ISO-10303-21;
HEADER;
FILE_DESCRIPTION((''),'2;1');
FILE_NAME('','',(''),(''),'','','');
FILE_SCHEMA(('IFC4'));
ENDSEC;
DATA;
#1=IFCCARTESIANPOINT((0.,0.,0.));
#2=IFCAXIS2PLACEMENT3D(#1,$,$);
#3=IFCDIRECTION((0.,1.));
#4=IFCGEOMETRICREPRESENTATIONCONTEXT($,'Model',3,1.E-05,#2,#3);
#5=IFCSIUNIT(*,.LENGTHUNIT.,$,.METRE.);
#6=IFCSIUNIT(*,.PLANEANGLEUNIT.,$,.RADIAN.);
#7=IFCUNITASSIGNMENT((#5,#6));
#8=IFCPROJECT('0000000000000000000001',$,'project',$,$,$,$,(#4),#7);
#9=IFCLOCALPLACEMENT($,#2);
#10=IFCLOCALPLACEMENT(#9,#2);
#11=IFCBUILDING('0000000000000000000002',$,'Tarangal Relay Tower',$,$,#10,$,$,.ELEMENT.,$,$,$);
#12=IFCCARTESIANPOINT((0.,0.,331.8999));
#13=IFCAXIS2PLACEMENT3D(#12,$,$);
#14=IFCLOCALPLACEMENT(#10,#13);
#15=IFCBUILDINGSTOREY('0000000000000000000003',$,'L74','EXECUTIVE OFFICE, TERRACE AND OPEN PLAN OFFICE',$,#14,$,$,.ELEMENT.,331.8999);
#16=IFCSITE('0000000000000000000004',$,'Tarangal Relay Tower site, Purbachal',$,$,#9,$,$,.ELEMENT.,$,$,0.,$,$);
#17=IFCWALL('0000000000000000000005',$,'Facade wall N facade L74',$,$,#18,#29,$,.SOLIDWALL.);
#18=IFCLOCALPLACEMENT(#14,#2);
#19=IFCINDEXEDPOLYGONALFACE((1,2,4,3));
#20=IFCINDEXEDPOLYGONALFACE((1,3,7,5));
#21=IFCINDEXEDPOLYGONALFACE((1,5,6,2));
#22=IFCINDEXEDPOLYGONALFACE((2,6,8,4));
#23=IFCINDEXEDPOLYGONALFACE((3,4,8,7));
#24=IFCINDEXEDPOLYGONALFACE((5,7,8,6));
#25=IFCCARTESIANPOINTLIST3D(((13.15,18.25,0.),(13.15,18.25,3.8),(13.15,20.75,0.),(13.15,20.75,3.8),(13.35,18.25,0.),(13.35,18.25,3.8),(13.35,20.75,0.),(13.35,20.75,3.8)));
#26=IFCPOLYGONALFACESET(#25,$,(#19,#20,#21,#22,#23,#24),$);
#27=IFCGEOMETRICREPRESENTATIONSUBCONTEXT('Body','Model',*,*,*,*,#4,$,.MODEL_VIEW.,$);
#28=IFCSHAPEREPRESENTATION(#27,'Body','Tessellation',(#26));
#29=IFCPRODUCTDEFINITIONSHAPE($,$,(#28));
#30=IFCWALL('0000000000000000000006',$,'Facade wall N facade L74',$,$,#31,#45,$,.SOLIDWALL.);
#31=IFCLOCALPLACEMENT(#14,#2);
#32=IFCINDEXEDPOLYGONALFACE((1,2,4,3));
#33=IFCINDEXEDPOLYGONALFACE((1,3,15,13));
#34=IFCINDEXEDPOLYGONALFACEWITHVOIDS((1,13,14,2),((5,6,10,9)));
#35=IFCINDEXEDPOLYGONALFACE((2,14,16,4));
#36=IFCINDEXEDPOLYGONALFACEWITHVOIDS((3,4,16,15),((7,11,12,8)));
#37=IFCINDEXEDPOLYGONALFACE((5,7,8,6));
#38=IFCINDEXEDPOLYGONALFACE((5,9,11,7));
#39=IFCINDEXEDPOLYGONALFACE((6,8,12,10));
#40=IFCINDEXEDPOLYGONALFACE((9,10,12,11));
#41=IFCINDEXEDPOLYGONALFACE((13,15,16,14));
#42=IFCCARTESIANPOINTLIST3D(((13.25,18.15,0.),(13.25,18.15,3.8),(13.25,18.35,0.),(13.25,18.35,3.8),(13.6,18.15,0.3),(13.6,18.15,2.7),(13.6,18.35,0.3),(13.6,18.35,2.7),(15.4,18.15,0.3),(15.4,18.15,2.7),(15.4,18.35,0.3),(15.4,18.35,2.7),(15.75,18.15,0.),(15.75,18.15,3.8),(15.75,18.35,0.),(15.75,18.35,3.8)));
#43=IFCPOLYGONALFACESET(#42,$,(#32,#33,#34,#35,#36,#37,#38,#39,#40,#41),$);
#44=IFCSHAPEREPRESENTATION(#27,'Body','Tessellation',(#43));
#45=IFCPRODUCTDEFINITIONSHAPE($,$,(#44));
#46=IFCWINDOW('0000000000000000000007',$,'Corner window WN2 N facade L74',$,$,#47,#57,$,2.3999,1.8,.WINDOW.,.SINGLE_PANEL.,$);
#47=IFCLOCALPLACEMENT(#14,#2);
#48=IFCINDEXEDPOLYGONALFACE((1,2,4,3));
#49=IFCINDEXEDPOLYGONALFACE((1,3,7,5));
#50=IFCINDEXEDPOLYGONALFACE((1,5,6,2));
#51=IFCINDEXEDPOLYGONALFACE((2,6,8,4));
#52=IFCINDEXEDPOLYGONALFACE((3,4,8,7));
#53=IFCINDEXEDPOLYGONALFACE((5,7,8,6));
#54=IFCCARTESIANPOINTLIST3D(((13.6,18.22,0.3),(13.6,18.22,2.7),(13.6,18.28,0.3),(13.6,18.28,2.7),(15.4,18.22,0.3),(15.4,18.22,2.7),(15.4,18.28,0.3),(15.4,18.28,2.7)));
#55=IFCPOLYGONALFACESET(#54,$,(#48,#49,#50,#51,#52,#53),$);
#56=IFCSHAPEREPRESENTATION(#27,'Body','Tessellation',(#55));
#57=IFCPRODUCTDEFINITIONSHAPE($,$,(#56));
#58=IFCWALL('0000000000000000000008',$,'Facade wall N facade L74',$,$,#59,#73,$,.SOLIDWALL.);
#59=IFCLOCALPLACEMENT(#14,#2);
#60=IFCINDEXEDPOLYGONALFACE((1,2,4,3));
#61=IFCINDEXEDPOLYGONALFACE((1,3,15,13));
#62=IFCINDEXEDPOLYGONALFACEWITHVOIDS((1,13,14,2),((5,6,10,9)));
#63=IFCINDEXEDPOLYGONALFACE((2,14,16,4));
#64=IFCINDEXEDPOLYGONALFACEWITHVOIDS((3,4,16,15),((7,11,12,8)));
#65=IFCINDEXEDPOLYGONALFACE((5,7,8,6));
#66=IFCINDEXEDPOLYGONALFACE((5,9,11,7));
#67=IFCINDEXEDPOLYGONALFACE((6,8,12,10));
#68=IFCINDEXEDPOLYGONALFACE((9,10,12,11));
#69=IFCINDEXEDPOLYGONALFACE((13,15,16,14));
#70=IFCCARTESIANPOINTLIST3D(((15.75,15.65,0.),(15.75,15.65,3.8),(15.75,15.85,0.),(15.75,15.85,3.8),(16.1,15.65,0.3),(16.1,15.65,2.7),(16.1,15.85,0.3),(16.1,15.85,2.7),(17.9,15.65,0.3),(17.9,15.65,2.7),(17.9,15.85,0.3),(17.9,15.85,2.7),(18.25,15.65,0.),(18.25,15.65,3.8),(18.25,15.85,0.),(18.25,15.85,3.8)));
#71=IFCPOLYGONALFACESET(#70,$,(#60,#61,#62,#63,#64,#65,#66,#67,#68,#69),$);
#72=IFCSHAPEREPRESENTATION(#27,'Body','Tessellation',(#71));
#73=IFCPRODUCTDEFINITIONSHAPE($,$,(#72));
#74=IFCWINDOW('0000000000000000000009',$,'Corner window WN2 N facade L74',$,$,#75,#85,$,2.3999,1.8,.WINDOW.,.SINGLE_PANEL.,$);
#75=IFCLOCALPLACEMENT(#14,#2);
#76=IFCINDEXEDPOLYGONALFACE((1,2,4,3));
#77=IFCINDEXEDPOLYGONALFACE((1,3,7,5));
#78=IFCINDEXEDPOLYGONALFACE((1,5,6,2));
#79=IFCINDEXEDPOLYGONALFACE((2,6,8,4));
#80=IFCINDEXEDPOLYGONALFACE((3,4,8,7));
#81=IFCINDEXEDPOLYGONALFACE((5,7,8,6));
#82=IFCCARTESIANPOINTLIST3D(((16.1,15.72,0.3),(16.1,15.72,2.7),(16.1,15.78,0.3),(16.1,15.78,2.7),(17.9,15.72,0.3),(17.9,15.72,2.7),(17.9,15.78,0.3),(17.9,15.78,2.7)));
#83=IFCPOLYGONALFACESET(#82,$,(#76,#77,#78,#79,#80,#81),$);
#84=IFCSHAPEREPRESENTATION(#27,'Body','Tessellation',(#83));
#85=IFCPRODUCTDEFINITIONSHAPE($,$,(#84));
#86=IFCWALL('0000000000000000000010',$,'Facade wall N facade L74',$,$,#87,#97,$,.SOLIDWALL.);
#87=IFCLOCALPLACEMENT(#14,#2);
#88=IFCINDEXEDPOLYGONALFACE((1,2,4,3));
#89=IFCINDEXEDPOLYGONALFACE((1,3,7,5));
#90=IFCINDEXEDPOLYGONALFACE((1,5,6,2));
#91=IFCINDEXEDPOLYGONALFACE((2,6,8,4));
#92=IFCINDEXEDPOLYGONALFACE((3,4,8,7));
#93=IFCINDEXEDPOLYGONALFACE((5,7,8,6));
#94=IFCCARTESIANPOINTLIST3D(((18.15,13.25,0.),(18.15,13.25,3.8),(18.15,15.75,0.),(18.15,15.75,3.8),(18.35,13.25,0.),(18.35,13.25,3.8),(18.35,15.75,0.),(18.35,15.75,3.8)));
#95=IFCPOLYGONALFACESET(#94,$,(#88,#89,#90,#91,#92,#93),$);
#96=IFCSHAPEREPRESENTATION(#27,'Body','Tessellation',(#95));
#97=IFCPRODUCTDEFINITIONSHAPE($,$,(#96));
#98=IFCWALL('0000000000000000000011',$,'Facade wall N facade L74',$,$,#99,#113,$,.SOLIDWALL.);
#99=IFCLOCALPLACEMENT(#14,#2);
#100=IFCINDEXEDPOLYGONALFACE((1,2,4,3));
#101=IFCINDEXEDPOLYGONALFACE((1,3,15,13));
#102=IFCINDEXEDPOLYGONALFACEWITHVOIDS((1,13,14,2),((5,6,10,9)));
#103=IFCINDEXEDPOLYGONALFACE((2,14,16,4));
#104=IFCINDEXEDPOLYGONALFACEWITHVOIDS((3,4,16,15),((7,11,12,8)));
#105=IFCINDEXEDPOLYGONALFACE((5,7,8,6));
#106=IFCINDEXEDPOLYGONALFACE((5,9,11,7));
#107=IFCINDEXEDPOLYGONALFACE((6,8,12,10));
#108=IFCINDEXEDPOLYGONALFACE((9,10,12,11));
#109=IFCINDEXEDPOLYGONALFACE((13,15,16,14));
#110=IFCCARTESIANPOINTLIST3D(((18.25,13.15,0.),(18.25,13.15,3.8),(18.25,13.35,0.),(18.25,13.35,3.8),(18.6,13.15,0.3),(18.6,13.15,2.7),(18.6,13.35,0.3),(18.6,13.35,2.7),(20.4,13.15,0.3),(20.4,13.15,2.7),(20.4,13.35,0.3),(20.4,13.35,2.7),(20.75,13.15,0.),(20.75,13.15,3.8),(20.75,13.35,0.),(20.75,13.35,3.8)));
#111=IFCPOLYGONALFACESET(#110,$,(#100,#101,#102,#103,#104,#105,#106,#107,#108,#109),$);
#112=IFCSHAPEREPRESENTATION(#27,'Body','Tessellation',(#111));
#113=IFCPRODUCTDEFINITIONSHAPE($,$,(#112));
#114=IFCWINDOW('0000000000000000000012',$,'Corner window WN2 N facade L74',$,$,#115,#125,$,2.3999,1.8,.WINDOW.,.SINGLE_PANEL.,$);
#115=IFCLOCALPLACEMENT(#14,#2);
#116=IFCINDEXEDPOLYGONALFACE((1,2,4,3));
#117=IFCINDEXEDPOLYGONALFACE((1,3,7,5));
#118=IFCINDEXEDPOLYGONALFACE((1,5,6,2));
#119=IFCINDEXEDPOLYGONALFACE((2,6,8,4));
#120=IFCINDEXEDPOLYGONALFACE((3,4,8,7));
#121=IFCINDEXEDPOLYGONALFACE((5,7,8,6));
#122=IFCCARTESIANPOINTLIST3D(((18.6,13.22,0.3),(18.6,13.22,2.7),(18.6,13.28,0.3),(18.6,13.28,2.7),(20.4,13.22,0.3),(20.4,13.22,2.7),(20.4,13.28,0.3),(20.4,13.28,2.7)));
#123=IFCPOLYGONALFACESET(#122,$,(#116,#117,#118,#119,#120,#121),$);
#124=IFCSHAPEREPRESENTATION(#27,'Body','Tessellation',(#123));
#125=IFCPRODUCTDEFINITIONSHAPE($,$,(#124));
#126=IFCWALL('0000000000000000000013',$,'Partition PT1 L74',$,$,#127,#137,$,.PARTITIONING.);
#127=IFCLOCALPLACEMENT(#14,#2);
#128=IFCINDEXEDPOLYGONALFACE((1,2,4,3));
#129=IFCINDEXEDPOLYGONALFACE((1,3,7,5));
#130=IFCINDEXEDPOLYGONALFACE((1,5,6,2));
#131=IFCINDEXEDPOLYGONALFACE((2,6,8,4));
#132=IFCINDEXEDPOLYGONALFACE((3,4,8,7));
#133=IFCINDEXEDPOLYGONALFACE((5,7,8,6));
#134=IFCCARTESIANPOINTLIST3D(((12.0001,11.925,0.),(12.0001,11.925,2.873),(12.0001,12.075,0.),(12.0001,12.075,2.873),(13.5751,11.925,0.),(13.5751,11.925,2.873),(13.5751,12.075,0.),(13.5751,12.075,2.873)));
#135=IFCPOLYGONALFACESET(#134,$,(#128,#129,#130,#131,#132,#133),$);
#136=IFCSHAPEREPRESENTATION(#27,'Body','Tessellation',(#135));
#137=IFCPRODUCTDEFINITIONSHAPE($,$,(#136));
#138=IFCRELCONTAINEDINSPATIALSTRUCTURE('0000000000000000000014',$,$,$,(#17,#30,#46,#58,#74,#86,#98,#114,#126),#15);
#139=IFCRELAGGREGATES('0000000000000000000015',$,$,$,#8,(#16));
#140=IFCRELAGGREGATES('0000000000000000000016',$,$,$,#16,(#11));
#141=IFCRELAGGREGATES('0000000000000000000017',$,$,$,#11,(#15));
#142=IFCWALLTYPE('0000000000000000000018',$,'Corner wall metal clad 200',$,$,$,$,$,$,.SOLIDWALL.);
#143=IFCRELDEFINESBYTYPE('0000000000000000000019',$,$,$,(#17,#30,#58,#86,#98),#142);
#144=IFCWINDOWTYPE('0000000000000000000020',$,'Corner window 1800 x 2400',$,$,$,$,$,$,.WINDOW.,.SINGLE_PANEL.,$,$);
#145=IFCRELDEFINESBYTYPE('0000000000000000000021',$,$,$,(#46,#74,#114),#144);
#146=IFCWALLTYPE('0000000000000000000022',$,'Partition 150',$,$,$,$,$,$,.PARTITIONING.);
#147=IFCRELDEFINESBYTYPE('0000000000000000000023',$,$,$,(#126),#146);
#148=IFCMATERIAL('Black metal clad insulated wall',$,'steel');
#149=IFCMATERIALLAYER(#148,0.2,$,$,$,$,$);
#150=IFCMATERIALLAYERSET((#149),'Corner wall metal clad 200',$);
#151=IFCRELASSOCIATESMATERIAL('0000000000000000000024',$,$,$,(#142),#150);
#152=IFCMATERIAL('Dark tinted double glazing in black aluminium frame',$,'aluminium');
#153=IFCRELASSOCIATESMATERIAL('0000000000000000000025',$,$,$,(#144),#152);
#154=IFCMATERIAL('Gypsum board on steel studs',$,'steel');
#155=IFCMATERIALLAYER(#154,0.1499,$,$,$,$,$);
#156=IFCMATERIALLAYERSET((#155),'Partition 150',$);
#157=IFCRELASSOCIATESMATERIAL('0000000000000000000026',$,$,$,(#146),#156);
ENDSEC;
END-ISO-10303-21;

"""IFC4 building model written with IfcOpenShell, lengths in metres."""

from ifc_helpers import new_model, si_unit, direction, frame, frame_2d, origin, place, context, subcontext, project, spatial, rectangle, extrude, material, layer, layer_set, type_object, element, fill, save


model = new_model("IFC4")

# Units and contexts
model_context = context("Model", 3, precision=1e-05, world=origin(), true_north=direction((0.0, 1.0)))
body_context = subcontext(model_context, "Body", "Model", "MODEL_VIEW")
ifc_project = project(units=[si_unit("LENGTHUNIT", "METRE"), si_unit("PLANEANGLEUNIT", "RADIAN")], contexts=[model_context])

# Site, building, storey
site_placement = place(None, origin())
site = spatial("IfcSite", under=ifc_project, at=site_placement, Name="Tarangal Relay Tower site, Purbachal", CompositionType="ELEMENT", RefElevation=0.0)
building_placement = place(site_placement, origin())
building = spatial("IfcBuilding", under=site, at=building_placement, Name="Tarangal Relay Tower", CompositionType="ELEMENT")
storey_placement = place(building_placement, frame((0.0, 0.0, 331.8999)))
storey = spatial("IfcBuildingStorey", under=building, at=storey_placement, Name="L74", Description="EXECUTIVE OFFICE, TERRACE AND OPEN PLAN OFFICE", CompositionType="ELEMENT", Elevation=331.8999)

# Wall
ifc_material_1 = material(Name="Black metal clad insulated wall", Category="steel")
ifc_layer_1 = layer(ifc_material_1, 0.2)
ifc_layer_set_1 = layer_set([ifc_layer_1], Name="Corner wall metal clad 200")
wall_type_1 = type_object("IfcWallType", Name="Corner wall metal clad 200", PredefinedType="SOLIDWALL", material=ifc_layer_set_1)
wall_1_placement = place(storey_placement, frame((13.25, 20.75, 0.0), z_axis=(0.0, 0.0, 1.0), x_axis=(0.0, -1.0, 0.0)))
element("IfcWall", 1, at=wall_1_placement, inside=storey, type_object=wall_type_1, Name="Facade wall N facade L74", PredefinedType="SOLIDWALL", context=body_context, shape_type="SweptSolid", body=[
    extrude(rectangle(XDim=2.5, YDim=0.2, at=frame_2d((1.25, 0.0))), origin(), (0.0, 0.0, 1.0), 3.8),
])

# Wall, opening, window
wall_2_placement = place(storey_placement, frame((13.25, 18.25, 0.0), z_axis=(0.0, 0.0, 1.0), x_axis=(1.0, 0.0, 0.0)))
wall_2 = element("IfcWall", 2, at=wall_2_placement, inside=storey, type_object=wall_type_1, Name="Facade wall N facade L74", PredefinedType="SOLIDWALL", context=body_context, shape_type="SweptSolid", body=[
    extrude(rectangle(XDim=2.5, YDim=0.2, at=frame_2d((1.25, 0.0))), origin(), (0.0, 0.0, 1.0), 3.8),
])
opening_1_placement = place(wall_2_placement, frame((0.3501, 0.0, 0.3)))
opening_1 = element("IfcOpeningElement", 3, at=opening_1_placement, cuts=wall_2, PredefinedType="OPENING", context=body_context, shape_type="SweptSolid", body=[
    extrude(rectangle(XDim=1.8, YDim=2.3999, at=frame_2d((0.8999, 1.2))), frame((0.0, 0.1099, 0.0), z_axis=(0.0, -1.0, 0.0), x_axis=(1.0, 0.0, 0.0)), (0.0, 0.0, 1.0), 0.22),
])
ifc_material_2 = material(Name="Dark tinted double glazing in black aluminium frame", Category="aluminium")
window_type = type_object("IfcWindowType", Name="Corner window 1800 x 2400", PartitioningType="SINGLE_PANEL", PredefinedType="WINDOW", material=ifc_material_2)
window_1_placement = place(opening_1_placement, origin())
window_1 = element("IfcWindow", 4, at=window_1_placement, inside=storey, type_object=window_type, Name="Corner window WN2 N facade L74", OverallHeight=2.3999, OverallWidth=1.8, PartitioningType="SINGLE_PANEL", PredefinedType="WINDOW", context=body_context, shape_type="SweptSolid", body=[
    extrude(rectangle(XDim=1.8, YDim=2.3999, at=frame_2d((0.8999, 1.2))), frame((0.0, 0.03, 0.0), z_axis=(0.0, -1.0, 0.0), x_axis=(1.0, 0.0, 0.0)), (0.0, 0.0, 1.0), 0.0601),
])
fill(opening_1, window_1)

# Wall, opening, window
wall_3_placement = place(storey_placement, frame((15.75, 15.75, 0.0), z_axis=(0.0, 0.0, 1.0), x_axis=(1.0, 0.0, 0.0)))
wall_3 = element("IfcWall", 5, at=wall_3_placement, inside=storey, type_object=wall_type_1, Name="Facade wall N facade L74", PredefinedType="SOLIDWALL", context=body_context, shape_type="SweptSolid", body=[
    extrude(rectangle(XDim=2.5, YDim=0.2, at=frame_2d((1.25, 0.0))), origin(), (0.0, 0.0, 1.0), 3.8),
])
opening_2_placement = place(wall_3_placement, frame((0.3501, 0.0, 0.3)))
opening_2 = element("IfcOpeningElement", 6, at=opening_2_placement, cuts=wall_3, PredefinedType="OPENING", context=body_context, shape_type="SweptSolid", body=[
    extrude(rectangle(XDim=1.8, YDim=2.3999, at=frame_2d((0.8999, 1.2))), frame((0.0, 0.1099, 0.0), z_axis=(0.0, -1.0, 0.0), x_axis=(1.0, 0.0, 0.0)), (0.0, 0.0, 1.0), 0.22),
])
window_2_placement = place(opening_2_placement, origin())
window_2 = element("IfcWindow", 7, at=window_2_placement, inside=storey, type_object=window_type, Name="Corner window WN2 N facade L74", OverallHeight=2.3999, OverallWidth=1.8, PartitioningType="SINGLE_PANEL", PredefinedType="WINDOW", context=body_context, shape_type="SweptSolid", body=[
    extrude(rectangle(XDim=1.8, YDim=2.3999, at=frame_2d((0.8999, 1.2))), frame((0.0, 0.03, 0.0), z_axis=(0.0, -1.0, 0.0), x_axis=(1.0, 0.0, 0.0)), (0.0, 0.0, 1.0), 0.0601),
])
fill(opening_2, window_2)

# Wall
wall_4_placement = place(storey_placement, frame((18.25, 15.75, 0.0), z_axis=(0.0, 0.0, 1.0), x_axis=(0.0, -1.0, 0.0)))
element("IfcWall", 8, at=wall_4_placement, inside=storey, type_object=wall_type_1, Name="Facade wall N facade L74", PredefinedType="SOLIDWALL", context=body_context, shape_type="SweptSolid", body=[
    extrude(rectangle(XDim=2.5, YDim=0.2, at=frame_2d((1.25, 0.0))), origin(), (0.0, 0.0, 1.0), 3.8),
])

# Wall, opening, window
wall_5_placement = place(storey_placement, frame((18.25, 13.25, 0.0), z_axis=(0.0, 0.0, 1.0), x_axis=(1.0, 0.0, 0.0)))
wall_5 = element("IfcWall", 9, at=wall_5_placement, inside=storey, type_object=wall_type_1, Name="Facade wall N facade L74", PredefinedType="SOLIDWALL", context=body_context, shape_type="SweptSolid", body=[
    extrude(rectangle(XDim=2.5, YDim=0.2, at=frame_2d((1.25, 0.0))), origin(), (0.0, 0.0, 1.0), 3.8),
])
opening_3_placement = place(wall_5_placement, frame((0.3501, 0.0, 0.3)))
opening_3 = element("IfcOpeningElement", 10, at=opening_3_placement, cuts=wall_5, PredefinedType="OPENING", context=body_context, shape_type="SweptSolid", body=[
    extrude(rectangle(XDim=1.8, YDim=2.3999, at=frame_2d((0.8999, 1.2))), frame((0.0, 0.1099, 0.0), z_axis=(0.0, -1.0, 0.0), x_axis=(1.0, 0.0, 0.0)), (0.0, 0.0, 1.0), 0.22),
])
window_3_placement = place(opening_3_placement, origin())
window_3 = element("IfcWindow", 11, at=window_3_placement, inside=storey, type_object=window_type, Name="Corner window WN2 N facade L74", OverallHeight=2.3999, OverallWidth=1.8, PartitioningType="SINGLE_PANEL", PredefinedType="WINDOW", context=body_context, shape_type="SweptSolid", body=[
    extrude(rectangle(XDim=1.8, YDim=2.3999, at=frame_2d((0.8999, 1.2))), frame((0.0, 0.03, 0.0), z_axis=(0.0, -1.0, 0.0), x_axis=(1.0, 0.0, 0.0)), (0.0, 0.0, 1.0), 0.0601),
])
fill(opening_3, window_3)

# Wall
ifc_material_3 = material(Name="Gypsum board on steel studs", Category="steel")
ifc_layer_2 = layer(ifc_material_3, 0.1499)
ifc_layer_set_2 = layer_set([ifc_layer_2], Name="Partition 150")
wall_type_2 = type_object("IfcWallType", Name="Partition 150", PredefinedType="PARTITIONING", material=ifc_layer_set_2)
wall_6_placement = place(storey_placement, frame((12.0, 12.0, 0.0), z_axis=(0.0, 0.0, 1.0), x_axis=(1.0, 0.0, 0.0)))
element("IfcWall", 12, at=wall_6_placement, inside=storey, type_object=wall_type_2, Name="Partition PT1 L74", PredefinedType="PARTITIONING", context=body_context, shape_type="SweptSolid", body=[
    extrude(rectangle(XDim=1.575, YDim=0.1499, at=frame_2d((0.7876, 0.0))), origin(), (0.0, 0.0, 1.0), 2.873),
])

save(model, "model.ifc")
